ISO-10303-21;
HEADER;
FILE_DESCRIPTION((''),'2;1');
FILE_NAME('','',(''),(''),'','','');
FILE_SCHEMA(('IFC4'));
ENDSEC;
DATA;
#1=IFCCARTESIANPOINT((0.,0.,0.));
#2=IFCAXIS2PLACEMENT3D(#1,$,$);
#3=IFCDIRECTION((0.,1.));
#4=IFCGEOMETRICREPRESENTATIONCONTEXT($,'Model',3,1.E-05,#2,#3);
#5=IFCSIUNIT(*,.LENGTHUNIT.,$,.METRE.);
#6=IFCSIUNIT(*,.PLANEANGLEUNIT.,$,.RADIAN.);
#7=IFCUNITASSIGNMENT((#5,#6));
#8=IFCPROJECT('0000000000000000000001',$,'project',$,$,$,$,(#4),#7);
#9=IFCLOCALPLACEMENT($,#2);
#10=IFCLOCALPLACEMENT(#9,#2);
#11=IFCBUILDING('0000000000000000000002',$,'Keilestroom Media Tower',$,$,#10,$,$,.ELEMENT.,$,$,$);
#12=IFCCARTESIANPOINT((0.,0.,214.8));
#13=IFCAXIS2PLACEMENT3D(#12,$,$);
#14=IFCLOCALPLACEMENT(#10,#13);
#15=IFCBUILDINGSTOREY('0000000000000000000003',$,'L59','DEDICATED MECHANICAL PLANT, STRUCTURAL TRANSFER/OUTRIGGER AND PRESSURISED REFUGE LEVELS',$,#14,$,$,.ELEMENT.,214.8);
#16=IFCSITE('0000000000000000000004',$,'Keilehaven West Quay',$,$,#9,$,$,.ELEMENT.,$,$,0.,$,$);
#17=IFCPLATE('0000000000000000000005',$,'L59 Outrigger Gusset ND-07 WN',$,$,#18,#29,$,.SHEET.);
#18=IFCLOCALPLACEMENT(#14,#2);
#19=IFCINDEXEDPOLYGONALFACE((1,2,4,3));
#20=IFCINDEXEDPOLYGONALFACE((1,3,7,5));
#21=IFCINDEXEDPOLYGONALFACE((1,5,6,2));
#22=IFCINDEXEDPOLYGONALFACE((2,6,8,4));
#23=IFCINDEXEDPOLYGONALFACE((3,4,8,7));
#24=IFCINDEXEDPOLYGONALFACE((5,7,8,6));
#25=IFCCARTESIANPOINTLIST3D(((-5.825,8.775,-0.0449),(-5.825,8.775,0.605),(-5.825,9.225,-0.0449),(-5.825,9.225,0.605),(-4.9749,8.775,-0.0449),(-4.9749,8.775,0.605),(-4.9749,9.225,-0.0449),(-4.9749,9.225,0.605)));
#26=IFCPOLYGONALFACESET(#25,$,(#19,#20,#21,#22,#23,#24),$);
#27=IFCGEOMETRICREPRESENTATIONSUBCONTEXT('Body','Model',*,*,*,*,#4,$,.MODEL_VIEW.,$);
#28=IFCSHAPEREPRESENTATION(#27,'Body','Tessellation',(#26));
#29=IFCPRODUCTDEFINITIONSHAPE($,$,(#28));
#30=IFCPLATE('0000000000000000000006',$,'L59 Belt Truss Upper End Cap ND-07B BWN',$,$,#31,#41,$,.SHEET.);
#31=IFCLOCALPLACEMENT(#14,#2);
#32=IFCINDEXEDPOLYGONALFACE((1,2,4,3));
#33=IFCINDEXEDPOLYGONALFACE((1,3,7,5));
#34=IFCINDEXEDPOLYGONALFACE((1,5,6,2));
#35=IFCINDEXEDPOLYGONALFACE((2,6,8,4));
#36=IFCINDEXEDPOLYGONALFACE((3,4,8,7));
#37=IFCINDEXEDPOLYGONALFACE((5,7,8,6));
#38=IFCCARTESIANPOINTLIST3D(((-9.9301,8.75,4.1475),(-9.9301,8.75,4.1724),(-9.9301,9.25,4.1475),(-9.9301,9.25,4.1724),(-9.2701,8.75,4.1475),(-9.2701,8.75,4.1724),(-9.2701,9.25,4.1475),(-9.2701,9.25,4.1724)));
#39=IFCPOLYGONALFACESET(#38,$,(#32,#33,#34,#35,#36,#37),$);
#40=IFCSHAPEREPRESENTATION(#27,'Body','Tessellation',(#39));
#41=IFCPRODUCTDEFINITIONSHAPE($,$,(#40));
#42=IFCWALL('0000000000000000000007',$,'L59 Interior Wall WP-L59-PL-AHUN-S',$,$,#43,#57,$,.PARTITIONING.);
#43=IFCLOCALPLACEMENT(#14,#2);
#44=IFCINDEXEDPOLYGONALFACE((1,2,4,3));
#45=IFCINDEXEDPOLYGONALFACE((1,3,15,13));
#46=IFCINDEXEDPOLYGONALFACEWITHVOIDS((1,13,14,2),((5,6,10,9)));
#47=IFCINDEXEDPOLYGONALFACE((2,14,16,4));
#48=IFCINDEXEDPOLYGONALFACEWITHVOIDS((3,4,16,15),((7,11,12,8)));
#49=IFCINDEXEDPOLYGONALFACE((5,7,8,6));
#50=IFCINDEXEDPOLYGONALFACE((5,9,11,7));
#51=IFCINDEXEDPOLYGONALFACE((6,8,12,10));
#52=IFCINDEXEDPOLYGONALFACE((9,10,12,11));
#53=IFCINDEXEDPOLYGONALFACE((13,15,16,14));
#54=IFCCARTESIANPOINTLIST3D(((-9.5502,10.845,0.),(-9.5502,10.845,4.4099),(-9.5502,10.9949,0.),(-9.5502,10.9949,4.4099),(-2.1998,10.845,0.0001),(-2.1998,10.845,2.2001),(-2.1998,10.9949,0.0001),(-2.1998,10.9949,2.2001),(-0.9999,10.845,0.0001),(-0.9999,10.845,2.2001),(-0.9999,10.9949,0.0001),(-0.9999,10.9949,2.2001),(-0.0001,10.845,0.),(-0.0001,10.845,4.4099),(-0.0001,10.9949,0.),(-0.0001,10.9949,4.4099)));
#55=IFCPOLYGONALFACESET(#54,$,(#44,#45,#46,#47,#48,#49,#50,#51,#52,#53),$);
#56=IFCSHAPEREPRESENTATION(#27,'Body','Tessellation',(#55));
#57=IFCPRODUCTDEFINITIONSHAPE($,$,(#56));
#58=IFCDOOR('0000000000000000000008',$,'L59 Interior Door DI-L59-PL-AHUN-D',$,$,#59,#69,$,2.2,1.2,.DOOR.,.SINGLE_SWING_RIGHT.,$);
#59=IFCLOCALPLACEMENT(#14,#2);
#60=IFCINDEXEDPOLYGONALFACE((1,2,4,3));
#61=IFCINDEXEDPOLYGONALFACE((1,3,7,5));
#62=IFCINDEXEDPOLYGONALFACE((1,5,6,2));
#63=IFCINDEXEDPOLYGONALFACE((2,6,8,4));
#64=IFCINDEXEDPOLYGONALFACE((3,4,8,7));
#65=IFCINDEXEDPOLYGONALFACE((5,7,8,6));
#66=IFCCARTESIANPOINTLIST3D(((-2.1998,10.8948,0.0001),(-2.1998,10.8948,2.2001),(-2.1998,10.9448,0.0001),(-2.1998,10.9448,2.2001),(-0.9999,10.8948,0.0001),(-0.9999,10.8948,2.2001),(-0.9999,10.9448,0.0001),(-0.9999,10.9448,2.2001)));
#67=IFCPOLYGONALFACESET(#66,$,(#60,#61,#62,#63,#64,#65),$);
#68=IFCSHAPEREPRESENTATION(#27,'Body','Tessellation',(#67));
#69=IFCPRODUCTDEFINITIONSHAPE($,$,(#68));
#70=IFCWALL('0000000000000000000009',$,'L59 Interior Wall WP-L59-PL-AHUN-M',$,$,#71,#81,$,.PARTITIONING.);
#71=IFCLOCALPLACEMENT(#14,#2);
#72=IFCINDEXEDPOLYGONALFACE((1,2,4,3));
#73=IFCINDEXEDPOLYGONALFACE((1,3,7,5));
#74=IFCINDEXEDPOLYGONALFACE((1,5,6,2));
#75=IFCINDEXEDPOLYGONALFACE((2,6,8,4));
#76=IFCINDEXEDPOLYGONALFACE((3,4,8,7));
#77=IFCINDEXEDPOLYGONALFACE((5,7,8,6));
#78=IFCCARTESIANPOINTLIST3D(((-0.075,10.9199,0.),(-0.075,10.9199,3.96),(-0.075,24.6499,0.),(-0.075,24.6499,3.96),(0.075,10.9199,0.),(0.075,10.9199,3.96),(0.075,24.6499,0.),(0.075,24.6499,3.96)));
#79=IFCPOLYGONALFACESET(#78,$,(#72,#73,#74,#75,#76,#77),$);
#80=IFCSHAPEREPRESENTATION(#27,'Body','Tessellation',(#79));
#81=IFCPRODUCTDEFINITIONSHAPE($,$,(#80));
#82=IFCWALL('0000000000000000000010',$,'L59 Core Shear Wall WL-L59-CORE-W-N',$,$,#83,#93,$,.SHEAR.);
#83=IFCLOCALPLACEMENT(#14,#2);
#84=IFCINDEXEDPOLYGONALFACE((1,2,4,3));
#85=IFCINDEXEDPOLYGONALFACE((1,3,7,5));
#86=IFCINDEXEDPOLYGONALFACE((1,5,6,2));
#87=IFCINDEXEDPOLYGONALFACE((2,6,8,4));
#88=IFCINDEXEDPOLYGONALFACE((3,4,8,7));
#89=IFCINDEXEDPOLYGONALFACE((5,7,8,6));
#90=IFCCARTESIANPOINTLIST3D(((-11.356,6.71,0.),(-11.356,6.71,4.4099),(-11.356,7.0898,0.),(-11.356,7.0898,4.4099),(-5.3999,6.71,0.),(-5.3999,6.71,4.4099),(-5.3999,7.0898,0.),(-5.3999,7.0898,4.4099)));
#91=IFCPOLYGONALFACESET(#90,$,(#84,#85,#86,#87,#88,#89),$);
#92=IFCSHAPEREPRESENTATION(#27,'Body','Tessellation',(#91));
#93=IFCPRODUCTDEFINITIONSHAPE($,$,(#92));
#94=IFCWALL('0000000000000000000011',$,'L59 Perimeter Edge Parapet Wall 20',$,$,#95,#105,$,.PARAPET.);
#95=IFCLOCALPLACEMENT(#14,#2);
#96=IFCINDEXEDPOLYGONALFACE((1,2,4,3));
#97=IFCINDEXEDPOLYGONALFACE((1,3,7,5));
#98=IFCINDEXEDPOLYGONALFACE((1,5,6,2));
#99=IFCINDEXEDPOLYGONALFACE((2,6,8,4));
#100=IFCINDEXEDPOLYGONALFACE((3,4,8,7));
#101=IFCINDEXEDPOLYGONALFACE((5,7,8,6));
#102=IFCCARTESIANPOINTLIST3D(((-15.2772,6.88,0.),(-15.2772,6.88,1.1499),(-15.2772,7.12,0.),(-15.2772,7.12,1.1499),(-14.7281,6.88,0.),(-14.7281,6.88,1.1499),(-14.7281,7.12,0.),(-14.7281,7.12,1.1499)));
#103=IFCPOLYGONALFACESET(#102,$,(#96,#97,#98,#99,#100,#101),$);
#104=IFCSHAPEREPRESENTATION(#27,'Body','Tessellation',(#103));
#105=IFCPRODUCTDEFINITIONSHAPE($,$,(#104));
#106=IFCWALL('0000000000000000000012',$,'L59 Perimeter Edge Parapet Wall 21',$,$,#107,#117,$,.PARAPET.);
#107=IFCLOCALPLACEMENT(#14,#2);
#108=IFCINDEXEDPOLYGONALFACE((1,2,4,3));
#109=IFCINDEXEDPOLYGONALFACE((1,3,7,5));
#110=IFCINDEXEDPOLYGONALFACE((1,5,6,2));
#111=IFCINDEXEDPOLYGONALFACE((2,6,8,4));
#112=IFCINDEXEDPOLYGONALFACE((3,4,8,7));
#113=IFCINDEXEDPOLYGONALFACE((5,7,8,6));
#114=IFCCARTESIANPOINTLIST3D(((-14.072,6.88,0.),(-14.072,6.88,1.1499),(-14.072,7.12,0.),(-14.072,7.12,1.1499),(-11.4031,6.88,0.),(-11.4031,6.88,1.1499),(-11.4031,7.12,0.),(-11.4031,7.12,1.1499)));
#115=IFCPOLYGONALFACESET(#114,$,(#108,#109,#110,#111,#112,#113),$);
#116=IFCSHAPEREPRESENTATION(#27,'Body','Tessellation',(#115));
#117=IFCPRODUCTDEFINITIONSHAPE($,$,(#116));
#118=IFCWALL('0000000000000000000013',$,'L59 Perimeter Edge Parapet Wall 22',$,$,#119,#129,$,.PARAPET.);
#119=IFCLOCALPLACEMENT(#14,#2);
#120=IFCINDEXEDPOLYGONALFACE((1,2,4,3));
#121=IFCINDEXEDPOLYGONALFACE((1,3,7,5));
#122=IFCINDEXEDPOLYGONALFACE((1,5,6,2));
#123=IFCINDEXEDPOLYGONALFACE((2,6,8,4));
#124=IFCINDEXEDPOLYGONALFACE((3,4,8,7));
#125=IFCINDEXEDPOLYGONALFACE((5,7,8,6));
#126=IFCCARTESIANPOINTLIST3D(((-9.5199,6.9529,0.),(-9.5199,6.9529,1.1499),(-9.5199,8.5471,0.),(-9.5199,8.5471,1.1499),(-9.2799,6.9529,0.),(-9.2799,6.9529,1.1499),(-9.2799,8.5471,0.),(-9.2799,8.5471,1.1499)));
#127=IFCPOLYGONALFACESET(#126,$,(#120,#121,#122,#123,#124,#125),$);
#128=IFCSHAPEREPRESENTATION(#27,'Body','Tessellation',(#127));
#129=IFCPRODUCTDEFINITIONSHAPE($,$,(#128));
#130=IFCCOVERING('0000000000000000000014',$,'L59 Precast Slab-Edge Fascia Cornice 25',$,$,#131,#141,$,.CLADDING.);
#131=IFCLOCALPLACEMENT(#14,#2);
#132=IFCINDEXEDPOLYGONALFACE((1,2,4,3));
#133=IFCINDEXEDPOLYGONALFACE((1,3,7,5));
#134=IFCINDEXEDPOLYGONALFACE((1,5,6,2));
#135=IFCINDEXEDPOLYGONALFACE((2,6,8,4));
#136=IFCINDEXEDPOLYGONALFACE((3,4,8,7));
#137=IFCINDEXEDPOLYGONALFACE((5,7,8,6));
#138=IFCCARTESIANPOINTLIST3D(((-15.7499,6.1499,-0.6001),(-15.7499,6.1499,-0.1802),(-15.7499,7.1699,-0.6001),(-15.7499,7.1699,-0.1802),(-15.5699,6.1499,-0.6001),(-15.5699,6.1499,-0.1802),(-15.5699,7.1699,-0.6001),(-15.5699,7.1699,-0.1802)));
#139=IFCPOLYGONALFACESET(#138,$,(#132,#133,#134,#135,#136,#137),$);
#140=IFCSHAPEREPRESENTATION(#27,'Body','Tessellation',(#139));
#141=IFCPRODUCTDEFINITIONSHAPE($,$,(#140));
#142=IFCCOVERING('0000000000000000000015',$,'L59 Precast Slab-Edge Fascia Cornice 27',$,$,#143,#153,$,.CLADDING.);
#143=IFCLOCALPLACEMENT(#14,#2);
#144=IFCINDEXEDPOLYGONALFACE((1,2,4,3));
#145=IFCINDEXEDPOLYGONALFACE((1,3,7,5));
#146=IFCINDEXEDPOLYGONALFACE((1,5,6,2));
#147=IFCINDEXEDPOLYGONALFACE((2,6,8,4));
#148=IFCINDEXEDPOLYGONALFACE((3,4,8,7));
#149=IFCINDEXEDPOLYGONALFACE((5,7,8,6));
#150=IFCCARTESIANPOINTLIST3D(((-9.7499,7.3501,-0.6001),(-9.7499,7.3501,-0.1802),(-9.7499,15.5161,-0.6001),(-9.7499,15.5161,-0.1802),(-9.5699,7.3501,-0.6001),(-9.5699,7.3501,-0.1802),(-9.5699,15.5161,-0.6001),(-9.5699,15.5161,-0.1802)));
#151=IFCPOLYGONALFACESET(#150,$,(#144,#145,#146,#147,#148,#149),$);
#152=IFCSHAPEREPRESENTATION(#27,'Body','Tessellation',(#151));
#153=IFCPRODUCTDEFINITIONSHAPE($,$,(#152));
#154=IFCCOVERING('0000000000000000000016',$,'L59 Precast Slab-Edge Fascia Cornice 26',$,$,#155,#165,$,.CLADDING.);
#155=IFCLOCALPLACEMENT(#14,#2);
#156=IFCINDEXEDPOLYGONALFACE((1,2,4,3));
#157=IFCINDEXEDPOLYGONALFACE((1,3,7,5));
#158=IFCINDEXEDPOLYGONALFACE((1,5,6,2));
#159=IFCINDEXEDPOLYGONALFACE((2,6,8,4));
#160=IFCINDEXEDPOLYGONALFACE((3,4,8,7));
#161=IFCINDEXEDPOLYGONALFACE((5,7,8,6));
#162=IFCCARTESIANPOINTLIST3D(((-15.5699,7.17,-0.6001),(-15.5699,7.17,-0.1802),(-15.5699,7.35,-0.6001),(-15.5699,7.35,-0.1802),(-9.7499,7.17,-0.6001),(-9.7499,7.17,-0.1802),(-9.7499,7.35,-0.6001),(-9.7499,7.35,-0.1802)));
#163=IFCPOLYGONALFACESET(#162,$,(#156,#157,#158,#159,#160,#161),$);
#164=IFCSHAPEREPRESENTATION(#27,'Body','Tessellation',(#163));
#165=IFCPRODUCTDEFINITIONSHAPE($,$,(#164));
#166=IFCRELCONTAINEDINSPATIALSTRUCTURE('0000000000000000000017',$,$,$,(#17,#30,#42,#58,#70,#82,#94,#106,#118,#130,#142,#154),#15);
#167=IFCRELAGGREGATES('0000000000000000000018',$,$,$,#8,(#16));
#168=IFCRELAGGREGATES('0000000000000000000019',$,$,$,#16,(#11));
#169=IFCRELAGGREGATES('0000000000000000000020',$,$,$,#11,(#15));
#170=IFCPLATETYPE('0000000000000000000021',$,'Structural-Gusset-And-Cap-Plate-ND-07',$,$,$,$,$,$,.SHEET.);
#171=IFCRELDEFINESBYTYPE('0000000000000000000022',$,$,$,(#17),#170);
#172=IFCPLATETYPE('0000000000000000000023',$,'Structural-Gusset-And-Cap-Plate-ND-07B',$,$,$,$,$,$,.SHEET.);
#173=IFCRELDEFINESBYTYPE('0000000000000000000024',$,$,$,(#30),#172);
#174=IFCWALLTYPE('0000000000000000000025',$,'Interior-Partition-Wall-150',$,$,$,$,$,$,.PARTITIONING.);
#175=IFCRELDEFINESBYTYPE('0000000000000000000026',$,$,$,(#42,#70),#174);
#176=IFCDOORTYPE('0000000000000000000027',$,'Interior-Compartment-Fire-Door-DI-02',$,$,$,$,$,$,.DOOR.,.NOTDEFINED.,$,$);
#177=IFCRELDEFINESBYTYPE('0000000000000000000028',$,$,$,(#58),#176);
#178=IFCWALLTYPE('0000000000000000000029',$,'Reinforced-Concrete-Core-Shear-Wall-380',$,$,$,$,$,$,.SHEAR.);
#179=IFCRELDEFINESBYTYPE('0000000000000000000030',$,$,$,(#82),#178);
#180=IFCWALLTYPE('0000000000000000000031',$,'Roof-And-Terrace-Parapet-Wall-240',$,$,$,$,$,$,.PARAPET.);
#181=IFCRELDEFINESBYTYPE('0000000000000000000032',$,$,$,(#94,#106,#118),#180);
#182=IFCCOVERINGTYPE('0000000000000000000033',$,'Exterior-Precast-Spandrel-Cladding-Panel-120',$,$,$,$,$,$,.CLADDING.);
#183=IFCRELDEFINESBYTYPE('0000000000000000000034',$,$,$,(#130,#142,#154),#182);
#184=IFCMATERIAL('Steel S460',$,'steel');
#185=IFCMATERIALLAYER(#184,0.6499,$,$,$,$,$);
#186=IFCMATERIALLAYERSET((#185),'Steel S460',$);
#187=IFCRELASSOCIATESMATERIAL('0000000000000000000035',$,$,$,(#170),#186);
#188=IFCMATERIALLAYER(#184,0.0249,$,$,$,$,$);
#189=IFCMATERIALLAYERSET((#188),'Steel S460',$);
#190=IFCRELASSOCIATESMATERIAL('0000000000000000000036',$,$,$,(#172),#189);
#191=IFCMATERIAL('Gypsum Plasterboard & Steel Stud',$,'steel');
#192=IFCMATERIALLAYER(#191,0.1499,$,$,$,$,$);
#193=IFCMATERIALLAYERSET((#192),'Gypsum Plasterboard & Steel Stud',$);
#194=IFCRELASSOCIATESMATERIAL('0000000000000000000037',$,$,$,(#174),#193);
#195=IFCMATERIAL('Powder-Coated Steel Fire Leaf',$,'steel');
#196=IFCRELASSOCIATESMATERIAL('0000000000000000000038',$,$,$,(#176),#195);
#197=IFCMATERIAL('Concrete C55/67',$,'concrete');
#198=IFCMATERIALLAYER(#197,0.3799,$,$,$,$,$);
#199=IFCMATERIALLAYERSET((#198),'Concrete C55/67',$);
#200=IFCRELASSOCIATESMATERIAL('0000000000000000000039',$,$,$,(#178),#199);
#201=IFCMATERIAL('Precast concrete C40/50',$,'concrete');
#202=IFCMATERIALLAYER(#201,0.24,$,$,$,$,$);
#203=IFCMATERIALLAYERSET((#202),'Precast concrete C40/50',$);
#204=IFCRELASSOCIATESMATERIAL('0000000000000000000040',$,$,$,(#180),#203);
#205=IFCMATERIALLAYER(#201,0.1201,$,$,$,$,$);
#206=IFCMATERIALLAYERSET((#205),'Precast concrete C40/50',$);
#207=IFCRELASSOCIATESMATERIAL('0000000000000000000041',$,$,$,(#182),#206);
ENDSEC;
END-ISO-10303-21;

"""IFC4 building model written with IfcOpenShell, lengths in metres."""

from ifc_helpers import new_model, si_unit, direction, frame, frame_2d, origin, origin_2d, place, context, subcontext, project, spatial, rectangle, extrude, source, transform, mapped, material, layer, layer_set, type_object, element, fill, save


model = new_model("IFC4")

# Units and contexts
model_context = context("Model", 3, precision=1e-05, world=origin(), true_north=direction((0.0, 1.0)))
body_context = subcontext(model_context, "Body", "Model", "MODEL_VIEW")
ifc_project = project(units=[si_unit("LENGTHUNIT", "METRE"), si_unit("PLANEANGLEUNIT", "RADIAN")], contexts=[model_context])

# Site, building, storey
site_placement = place(None, origin())
site = spatial("IfcSite", under=ifc_project, at=site_placement, Name="Keilehaven West Quay", CompositionType="ELEMENT", RefElevation=0.0)
building_placement = place(site_placement, origin())
building = spatial("IfcBuilding", under=site, at=building_placement, Name="Keilestroom Media Tower", CompositionType="ELEMENT")
storey_placement = place(building_placement, frame((0.0, 0.0, 214.8)))
storey = spatial("IfcBuildingStorey", under=building, at=storey_placement, Name="L59", Description="DEDICATED MECHANICAL PLANT, STRUCTURAL TRANSFER/OUTRIGGER AND PRESSURISED REFUGE LEVELS", CompositionType="ELEMENT", Elevation=214.8)

# Shared definitions
ifc_material_1 = material(Name="Precast concrete C40/50", Category="concrete")
ifc_material_2 = material(Name="Concrete C55/67", Category="concrete")

# Shared definitions
ifc_material_3 = material(Name="Steel S460", Category="steel")

# Plates
ifc_layer_1 = layer(ifc_material_3, 0.6499)
ifc_layer_set_1 = layer_set([ifc_layer_1], Name="Steel S460")
plate_type_1 = type_object("IfcPlateType", Name="Structural-Gusset-And-Cap-Plate-ND-07", PredefinedType="SHEET", material=ifc_layer_set_1)
shared_shape_1 = source(origin(), body_context, "Body", "SweptSolid", [
    extrude(rectangle(XDim=0.8501, YDim=0.45, at=origin_2d()), origin(), (0.0, 0.0, 1.0), 0.6499),
])
plate_1_placement = place(storey_placement, frame((-5.3999, 9.0, -0.0449), z_axis=(0.0, 0.0, 1.0), x_axis=(1.0, 0.0, 0.0)))
element("IfcPlate", 1, at=plate_1_placement, inside=storey, type_object=plate_type_1, Name="L59 Outrigger Gusset ND-07 WN", PredefinedType="SHEET", context=body_context, shape_type="MappedRepresentation", body=[
    mapped(shared_shape_1, transform((0.0, 0.0, 0.0), x_axis=(1.0, 0.0, 0.0), y_axis=(0.0, 1.0, 0.0), z_axis=(0.0, 0.0, 1.0), scale=1.0)),
])
ifc_layer_2 = layer(ifc_material_3, 0.0249)
ifc_layer_set_2 = layer_set([ifc_layer_2], Name="Steel S460")
plate_type_2 = type_object("IfcPlateType", Name="Structural-Gusset-And-Cap-Plate-ND-07B", PredefinedType="SHEET", material=ifc_layer_set_2)
shared_shape_2 = source(origin(), body_context, "Body", "SweptSolid", [
    extrude(rectangle(XDim=0.6599, YDim=0.5, at=origin_2d()), origin(), (0.0, 0.0, 1.0), 0.0249),
])
plate_2_placement = place(storey_placement, frame((-9.6001, 9.0, 4.1475), z_axis=(0.0, 0.0, 1.0), x_axis=(1.0, 0.0, 0.0)))
element("IfcPlate", 2, at=plate_2_placement, inside=storey, type_object=plate_type_2, Name="L59 Belt Truss Upper End Cap ND-07B BWN", PredefinedType="SHEET", context=body_context, shape_type="MappedRepresentation", body=[
    mapped(shared_shape_2, transform((0.0, 0.0, 0.0), x_axis=(1.0, 0.0, 0.0), y_axis=(0.0, 1.0, 0.0), z_axis=(0.0, 0.0, 1.0), scale=1.0)),
])

# Wall, opening, door
ifc_material_4 = material(Name="Gypsum Plasterboard & Steel Stud", Category="steel")
ifc_layer_3 = layer(ifc_material_4, 0.1499)
ifc_layer_set_3 = layer_set([ifc_layer_3], Name="Gypsum Plasterboard & Steel Stud")
wall_type_1 = type_object("IfcWallType", Name="Interior-Partition-Wall-150", PredefinedType="PARTITIONING", material=ifc_layer_set_3)
wall_1_placement = place(storey_placement, frame((-9.55, 10.9199, 0.0), z_axis=(0.0, 0.0, 1.0), x_axis=(1.0, 0.0, 0.0)))
wall_1 = element("IfcWall", 3, at=wall_1_placement, inside=storey, type_object=wall_type_1, Name="L59 Interior Wall WP-L59-PL-AHUN-S", PredefinedType="PARTITIONING", context=body_context, shape_type="SweptSolid", body=[
    extrude(rectangle(XDim=9.55, YDim=0.1499, at=frame_2d((4.7749, 0.0))), origin(), (0.0, 0.0, 1.0), 4.4099),
])
opening_placement = place(wall_1_placement, frame((7.3501, 0.0, 0.0)))
opening = element("IfcOpeningElement", 4, at=opening_placement, cuts=wall_1, PredefinedType="OPENING", context=body_context, shape_type="SweptSolid", body=[
    extrude(rectangle(XDim=1.2, YDim=2.2, at=frame_2d((0.6001, 1.1001))), frame((0.0, 0.085, 0.0), z_axis=(0.0, -1.0, 0.0), x_axis=(1.0, 0.0, 0.0)), (0.0, 0.0, 1.0), 0.1699),
])
ifc_material_5 = material(Name="Powder-Coated Steel Fire Leaf", Category="steel")
door_type = type_object("IfcDoorType", Name="Interior-Compartment-Fire-Door-DI-02", OperationType="NOTDEFINED", PredefinedType="DOOR", material=ifc_material_5)
shared_shape_3 = source(origin(), body_context, "Body", "SweptSolid", [
    extrude(rectangle(XDim=1.2, YDim=2.2, at=frame_2d((0.6001, 1.1001))), frame((0.0, 0.0249, 0.0), z_axis=(0.0, -1.0, 0.0), x_axis=(1.0, 0.0, 0.0)), (0.0, 0.0, 1.0), 0.05),
])
door_placement = place(opening_placement, origin())
door = element("IfcDoor", 5, at=door_placement, inside=storey, type_object=door_type, Name="L59 Interior Door DI-L59-PL-AHUN-D", OperationType="SINGLE_SWING_RIGHT", OverallHeight=2.2, OverallWidth=1.2, PredefinedType="DOOR", context=body_context, shape_type="MappedRepresentation", body=[
    mapped(shared_shape_3, transform((0.0, 0.0, 0.0), x_axis=(1.0, 0.0, 0.0), y_axis=(0.0, 1.0, 0.0), z_axis=(0.0, 0.0, 1.0), scale=1.0)),
])
fill(opening, door)

# Walls
wall_2_placement = place(storey_placement, frame((0.0, 10.9199, 0.0), z_axis=(0.0, 0.0, 1.0), x_axis=(0.0, 1.0, 0.0)))
element("IfcWall", 6, at=wall_2_placement, inside=storey, type_object=wall_type_1, Name="L59 Interior Wall WP-L59-PL-AHUN-M", PredefinedType="PARTITIONING", context=body_context, shape_type="SweptSolid", body=[
    extrude(rectangle(XDim=13.73, YDim=0.1499, at=frame_2d((6.865, 0.0))), origin(), (0.0, 0.0, 1.0), 3.96),
])
ifc_layer_4 = layer(ifc_material_2, 0.3799)
ifc_layer_set_4 = layer_set([ifc_layer_4], Name="Concrete C55/67")
wall_type_2 = type_object("IfcWallType", Name="Reinforced-Concrete-Core-Shear-Wall-380", PredefinedType="SHEAR", material=ifc_layer_set_4)
wall_3_placement = place(storey_placement, frame((-11.356, 6.8999, 0.0), z_axis=(0.0, 0.0, 1.0), x_axis=(1.0, 0.0, 0.0)))
element("IfcWall", 7, at=wall_3_placement, inside=storey, type_object=wall_type_2, Name="L59 Core Shear Wall WL-L59-CORE-W-N", PredefinedType="SHEAR", context=body_context, shape_type="SweptSolid", body=[
    extrude(rectangle(XDim=5.9561, YDim=0.3799, at=frame_2d((2.978, 0.0))), origin(), (0.0, 0.0, 1.0), 4.4099),
])
ifc_layer_5 = layer(ifc_material_1, 0.24)
ifc_layer_set_5 = layer_set([ifc_layer_5], Name="Precast concrete C40/50")
wall_type_3 = type_object("IfcWallType", Name="Roof-And-Terrace-Parapet-Wall-240", PredefinedType="PARAPET", material=ifc_layer_set_5)
wall_4_placement = place(storey_placement, frame((-15.2771, 7.0, 0.0), z_axis=(0.0, 0.0, 1.0), x_axis=(1.0, 0.0, 0.0)))
element("IfcWall", 8, at=wall_4_placement, inside=storey, type_object=wall_type_3, Name="L59 Perimeter Edge Parapet Wall 20", PredefinedType="PARAPET", context=body_context, shape_type="SweptSolid", body=[
    extrude(rectangle(XDim=0.5491, YDim=0.24, at=frame_2d((0.2744, 0.0))), origin(), (0.0, 0.0, 1.0), 1.1499),
])
wall_5_placement = place(storey_placement, frame((-14.072, 7.0, 0.0), z_axis=(0.0, 0.0, 1.0), x_axis=(1.0, 0.0, 0.0)))
element("IfcWall", 9, at=wall_5_placement, inside=storey, type_object=wall_type_3, Name="L59 Perimeter Edge Parapet Wall 21", PredefinedType="PARAPET", context=body_context, shape_type="SweptSolid", body=[
    extrude(rectangle(XDim=2.6689, YDim=0.24, at=frame_2d((1.3345, 0.0))), origin(), (0.0, 0.0, 1.0), 1.1499),
])
wall_6_placement = place(storey_placement, frame((-9.3999, 6.9529, 0.0), z_axis=(0.0, 0.0, 1.0), x_axis=(0.0, 1.0, 0.0)))
element("IfcWall", 10, at=wall_6_placement, inside=storey, type_object=wall_type_3, Name="L59 Perimeter Edge Parapet Wall 22", PredefinedType="PARAPET", context=body_context, shape_type="SweptSolid", body=[
    extrude(rectangle(XDim=1.5942, YDim=0.24, at=frame_2d((0.7971, 0.0))), origin(), (0.0, 0.0, 1.0), 1.1499),
])

# Coverings
ifc_layer_6 = layer(ifc_material_1, 0.1201)
ifc_layer_set_6 = layer_set([ifc_layer_6], Name="Precast concrete C40/50")
covering_type = type_object("IfcCoveringType", Name="Exterior-Precast-Spandrel-Cladding-Panel-120", PredefinedType="CLADDING", material=ifc_layer_set_6)
shared_shape_4 = source(origin(), body_context, "Body", "SweptSolid", [
    extrude(rectangle(XDim=1.02, YDim=0.1799, at=origin_2d()), origin(), (0.0, 0.0, 1.0), 0.4199),
])
covering_1_placement = place(storey_placement, frame((-15.6599, 6.6599, -0.6001), z_axis=(0.0, 0.0, 1.0), x_axis=(0.0, 1.0, 0.0)))
element("IfcCovering", 11, at=covering_1_placement, inside=storey, type_object=covering_type, Name="L59 Precast Slab-Edge Fascia Cornice 25", PredefinedType="CLADDING", context=body_context, shape_type="MappedRepresentation", body=[
    mapped(shared_shape_4, transform((0.0, 0.0, 0.0), x_axis=(1.0, 0.0, 0.0), y_axis=(0.0, 1.0, 0.0), z_axis=(0.0, 0.0, 1.0), scale=1.0)),
])
shared_shape_5 = source(origin(), body_context, "Body", "SweptSolid", [
    extrude(rectangle(XDim=8.166, YDim=0.1799, at=origin_2d()), origin(), (0.0, 0.0, 1.0), 0.4199),
])
covering_2_placement = place(storey_placement, frame((-9.6599, 11.4331, -0.6001), z_axis=(0.0, 0.0, 1.0), x_axis=(0.0, 1.0, 0.0)))
element("IfcCovering", 12, at=covering_2_placement, inside=storey, type_object=covering_type, Name="L59 Precast Slab-Edge Fascia Cornice 27", PredefinedType="CLADDING", context=body_context, shape_type="MappedRepresentation", body=[
    mapped(shared_shape_5, transform((0.0, 0.0, 0.0), x_axis=(1.0, 0.0, 0.0), y_axis=(0.0, 1.0, 0.0), z_axis=(0.0, 0.0, 1.0), scale=1.0)),
])
shared_shape_6 = source(origin(), body_context, "Body", "SweptSolid", [
    extrude(rectangle(XDim=5.8201, YDim=0.1799, at=origin_2d()), origin(), (0.0, 0.0, 1.0), 0.4199),
])
covering_3_placement = place(storey_placement, frame((-12.6599, 7.26, -0.6001), z_axis=(0.0, 0.0, 1.0), x_axis=(1.0, 0.0, 0.0)))
element("IfcCovering", 13, at=covering_3_placement, inside=storey, type_object=covering_type, Name="L59 Precast Slab-Edge Fascia Cornice 26", PredefinedType="CLADDING", context=body_context, shape_type="MappedRepresentation", body=[
    mapped(shared_shape_6, transform((0.0, 0.0, 0.0), x_axis=(1.0, 0.0, 0.0), y_axis=(0.0, 1.0, 0.0), z_axis=(0.0, 0.0, 1.0), scale=1.0)),
])

save(model, "model.ifc")
